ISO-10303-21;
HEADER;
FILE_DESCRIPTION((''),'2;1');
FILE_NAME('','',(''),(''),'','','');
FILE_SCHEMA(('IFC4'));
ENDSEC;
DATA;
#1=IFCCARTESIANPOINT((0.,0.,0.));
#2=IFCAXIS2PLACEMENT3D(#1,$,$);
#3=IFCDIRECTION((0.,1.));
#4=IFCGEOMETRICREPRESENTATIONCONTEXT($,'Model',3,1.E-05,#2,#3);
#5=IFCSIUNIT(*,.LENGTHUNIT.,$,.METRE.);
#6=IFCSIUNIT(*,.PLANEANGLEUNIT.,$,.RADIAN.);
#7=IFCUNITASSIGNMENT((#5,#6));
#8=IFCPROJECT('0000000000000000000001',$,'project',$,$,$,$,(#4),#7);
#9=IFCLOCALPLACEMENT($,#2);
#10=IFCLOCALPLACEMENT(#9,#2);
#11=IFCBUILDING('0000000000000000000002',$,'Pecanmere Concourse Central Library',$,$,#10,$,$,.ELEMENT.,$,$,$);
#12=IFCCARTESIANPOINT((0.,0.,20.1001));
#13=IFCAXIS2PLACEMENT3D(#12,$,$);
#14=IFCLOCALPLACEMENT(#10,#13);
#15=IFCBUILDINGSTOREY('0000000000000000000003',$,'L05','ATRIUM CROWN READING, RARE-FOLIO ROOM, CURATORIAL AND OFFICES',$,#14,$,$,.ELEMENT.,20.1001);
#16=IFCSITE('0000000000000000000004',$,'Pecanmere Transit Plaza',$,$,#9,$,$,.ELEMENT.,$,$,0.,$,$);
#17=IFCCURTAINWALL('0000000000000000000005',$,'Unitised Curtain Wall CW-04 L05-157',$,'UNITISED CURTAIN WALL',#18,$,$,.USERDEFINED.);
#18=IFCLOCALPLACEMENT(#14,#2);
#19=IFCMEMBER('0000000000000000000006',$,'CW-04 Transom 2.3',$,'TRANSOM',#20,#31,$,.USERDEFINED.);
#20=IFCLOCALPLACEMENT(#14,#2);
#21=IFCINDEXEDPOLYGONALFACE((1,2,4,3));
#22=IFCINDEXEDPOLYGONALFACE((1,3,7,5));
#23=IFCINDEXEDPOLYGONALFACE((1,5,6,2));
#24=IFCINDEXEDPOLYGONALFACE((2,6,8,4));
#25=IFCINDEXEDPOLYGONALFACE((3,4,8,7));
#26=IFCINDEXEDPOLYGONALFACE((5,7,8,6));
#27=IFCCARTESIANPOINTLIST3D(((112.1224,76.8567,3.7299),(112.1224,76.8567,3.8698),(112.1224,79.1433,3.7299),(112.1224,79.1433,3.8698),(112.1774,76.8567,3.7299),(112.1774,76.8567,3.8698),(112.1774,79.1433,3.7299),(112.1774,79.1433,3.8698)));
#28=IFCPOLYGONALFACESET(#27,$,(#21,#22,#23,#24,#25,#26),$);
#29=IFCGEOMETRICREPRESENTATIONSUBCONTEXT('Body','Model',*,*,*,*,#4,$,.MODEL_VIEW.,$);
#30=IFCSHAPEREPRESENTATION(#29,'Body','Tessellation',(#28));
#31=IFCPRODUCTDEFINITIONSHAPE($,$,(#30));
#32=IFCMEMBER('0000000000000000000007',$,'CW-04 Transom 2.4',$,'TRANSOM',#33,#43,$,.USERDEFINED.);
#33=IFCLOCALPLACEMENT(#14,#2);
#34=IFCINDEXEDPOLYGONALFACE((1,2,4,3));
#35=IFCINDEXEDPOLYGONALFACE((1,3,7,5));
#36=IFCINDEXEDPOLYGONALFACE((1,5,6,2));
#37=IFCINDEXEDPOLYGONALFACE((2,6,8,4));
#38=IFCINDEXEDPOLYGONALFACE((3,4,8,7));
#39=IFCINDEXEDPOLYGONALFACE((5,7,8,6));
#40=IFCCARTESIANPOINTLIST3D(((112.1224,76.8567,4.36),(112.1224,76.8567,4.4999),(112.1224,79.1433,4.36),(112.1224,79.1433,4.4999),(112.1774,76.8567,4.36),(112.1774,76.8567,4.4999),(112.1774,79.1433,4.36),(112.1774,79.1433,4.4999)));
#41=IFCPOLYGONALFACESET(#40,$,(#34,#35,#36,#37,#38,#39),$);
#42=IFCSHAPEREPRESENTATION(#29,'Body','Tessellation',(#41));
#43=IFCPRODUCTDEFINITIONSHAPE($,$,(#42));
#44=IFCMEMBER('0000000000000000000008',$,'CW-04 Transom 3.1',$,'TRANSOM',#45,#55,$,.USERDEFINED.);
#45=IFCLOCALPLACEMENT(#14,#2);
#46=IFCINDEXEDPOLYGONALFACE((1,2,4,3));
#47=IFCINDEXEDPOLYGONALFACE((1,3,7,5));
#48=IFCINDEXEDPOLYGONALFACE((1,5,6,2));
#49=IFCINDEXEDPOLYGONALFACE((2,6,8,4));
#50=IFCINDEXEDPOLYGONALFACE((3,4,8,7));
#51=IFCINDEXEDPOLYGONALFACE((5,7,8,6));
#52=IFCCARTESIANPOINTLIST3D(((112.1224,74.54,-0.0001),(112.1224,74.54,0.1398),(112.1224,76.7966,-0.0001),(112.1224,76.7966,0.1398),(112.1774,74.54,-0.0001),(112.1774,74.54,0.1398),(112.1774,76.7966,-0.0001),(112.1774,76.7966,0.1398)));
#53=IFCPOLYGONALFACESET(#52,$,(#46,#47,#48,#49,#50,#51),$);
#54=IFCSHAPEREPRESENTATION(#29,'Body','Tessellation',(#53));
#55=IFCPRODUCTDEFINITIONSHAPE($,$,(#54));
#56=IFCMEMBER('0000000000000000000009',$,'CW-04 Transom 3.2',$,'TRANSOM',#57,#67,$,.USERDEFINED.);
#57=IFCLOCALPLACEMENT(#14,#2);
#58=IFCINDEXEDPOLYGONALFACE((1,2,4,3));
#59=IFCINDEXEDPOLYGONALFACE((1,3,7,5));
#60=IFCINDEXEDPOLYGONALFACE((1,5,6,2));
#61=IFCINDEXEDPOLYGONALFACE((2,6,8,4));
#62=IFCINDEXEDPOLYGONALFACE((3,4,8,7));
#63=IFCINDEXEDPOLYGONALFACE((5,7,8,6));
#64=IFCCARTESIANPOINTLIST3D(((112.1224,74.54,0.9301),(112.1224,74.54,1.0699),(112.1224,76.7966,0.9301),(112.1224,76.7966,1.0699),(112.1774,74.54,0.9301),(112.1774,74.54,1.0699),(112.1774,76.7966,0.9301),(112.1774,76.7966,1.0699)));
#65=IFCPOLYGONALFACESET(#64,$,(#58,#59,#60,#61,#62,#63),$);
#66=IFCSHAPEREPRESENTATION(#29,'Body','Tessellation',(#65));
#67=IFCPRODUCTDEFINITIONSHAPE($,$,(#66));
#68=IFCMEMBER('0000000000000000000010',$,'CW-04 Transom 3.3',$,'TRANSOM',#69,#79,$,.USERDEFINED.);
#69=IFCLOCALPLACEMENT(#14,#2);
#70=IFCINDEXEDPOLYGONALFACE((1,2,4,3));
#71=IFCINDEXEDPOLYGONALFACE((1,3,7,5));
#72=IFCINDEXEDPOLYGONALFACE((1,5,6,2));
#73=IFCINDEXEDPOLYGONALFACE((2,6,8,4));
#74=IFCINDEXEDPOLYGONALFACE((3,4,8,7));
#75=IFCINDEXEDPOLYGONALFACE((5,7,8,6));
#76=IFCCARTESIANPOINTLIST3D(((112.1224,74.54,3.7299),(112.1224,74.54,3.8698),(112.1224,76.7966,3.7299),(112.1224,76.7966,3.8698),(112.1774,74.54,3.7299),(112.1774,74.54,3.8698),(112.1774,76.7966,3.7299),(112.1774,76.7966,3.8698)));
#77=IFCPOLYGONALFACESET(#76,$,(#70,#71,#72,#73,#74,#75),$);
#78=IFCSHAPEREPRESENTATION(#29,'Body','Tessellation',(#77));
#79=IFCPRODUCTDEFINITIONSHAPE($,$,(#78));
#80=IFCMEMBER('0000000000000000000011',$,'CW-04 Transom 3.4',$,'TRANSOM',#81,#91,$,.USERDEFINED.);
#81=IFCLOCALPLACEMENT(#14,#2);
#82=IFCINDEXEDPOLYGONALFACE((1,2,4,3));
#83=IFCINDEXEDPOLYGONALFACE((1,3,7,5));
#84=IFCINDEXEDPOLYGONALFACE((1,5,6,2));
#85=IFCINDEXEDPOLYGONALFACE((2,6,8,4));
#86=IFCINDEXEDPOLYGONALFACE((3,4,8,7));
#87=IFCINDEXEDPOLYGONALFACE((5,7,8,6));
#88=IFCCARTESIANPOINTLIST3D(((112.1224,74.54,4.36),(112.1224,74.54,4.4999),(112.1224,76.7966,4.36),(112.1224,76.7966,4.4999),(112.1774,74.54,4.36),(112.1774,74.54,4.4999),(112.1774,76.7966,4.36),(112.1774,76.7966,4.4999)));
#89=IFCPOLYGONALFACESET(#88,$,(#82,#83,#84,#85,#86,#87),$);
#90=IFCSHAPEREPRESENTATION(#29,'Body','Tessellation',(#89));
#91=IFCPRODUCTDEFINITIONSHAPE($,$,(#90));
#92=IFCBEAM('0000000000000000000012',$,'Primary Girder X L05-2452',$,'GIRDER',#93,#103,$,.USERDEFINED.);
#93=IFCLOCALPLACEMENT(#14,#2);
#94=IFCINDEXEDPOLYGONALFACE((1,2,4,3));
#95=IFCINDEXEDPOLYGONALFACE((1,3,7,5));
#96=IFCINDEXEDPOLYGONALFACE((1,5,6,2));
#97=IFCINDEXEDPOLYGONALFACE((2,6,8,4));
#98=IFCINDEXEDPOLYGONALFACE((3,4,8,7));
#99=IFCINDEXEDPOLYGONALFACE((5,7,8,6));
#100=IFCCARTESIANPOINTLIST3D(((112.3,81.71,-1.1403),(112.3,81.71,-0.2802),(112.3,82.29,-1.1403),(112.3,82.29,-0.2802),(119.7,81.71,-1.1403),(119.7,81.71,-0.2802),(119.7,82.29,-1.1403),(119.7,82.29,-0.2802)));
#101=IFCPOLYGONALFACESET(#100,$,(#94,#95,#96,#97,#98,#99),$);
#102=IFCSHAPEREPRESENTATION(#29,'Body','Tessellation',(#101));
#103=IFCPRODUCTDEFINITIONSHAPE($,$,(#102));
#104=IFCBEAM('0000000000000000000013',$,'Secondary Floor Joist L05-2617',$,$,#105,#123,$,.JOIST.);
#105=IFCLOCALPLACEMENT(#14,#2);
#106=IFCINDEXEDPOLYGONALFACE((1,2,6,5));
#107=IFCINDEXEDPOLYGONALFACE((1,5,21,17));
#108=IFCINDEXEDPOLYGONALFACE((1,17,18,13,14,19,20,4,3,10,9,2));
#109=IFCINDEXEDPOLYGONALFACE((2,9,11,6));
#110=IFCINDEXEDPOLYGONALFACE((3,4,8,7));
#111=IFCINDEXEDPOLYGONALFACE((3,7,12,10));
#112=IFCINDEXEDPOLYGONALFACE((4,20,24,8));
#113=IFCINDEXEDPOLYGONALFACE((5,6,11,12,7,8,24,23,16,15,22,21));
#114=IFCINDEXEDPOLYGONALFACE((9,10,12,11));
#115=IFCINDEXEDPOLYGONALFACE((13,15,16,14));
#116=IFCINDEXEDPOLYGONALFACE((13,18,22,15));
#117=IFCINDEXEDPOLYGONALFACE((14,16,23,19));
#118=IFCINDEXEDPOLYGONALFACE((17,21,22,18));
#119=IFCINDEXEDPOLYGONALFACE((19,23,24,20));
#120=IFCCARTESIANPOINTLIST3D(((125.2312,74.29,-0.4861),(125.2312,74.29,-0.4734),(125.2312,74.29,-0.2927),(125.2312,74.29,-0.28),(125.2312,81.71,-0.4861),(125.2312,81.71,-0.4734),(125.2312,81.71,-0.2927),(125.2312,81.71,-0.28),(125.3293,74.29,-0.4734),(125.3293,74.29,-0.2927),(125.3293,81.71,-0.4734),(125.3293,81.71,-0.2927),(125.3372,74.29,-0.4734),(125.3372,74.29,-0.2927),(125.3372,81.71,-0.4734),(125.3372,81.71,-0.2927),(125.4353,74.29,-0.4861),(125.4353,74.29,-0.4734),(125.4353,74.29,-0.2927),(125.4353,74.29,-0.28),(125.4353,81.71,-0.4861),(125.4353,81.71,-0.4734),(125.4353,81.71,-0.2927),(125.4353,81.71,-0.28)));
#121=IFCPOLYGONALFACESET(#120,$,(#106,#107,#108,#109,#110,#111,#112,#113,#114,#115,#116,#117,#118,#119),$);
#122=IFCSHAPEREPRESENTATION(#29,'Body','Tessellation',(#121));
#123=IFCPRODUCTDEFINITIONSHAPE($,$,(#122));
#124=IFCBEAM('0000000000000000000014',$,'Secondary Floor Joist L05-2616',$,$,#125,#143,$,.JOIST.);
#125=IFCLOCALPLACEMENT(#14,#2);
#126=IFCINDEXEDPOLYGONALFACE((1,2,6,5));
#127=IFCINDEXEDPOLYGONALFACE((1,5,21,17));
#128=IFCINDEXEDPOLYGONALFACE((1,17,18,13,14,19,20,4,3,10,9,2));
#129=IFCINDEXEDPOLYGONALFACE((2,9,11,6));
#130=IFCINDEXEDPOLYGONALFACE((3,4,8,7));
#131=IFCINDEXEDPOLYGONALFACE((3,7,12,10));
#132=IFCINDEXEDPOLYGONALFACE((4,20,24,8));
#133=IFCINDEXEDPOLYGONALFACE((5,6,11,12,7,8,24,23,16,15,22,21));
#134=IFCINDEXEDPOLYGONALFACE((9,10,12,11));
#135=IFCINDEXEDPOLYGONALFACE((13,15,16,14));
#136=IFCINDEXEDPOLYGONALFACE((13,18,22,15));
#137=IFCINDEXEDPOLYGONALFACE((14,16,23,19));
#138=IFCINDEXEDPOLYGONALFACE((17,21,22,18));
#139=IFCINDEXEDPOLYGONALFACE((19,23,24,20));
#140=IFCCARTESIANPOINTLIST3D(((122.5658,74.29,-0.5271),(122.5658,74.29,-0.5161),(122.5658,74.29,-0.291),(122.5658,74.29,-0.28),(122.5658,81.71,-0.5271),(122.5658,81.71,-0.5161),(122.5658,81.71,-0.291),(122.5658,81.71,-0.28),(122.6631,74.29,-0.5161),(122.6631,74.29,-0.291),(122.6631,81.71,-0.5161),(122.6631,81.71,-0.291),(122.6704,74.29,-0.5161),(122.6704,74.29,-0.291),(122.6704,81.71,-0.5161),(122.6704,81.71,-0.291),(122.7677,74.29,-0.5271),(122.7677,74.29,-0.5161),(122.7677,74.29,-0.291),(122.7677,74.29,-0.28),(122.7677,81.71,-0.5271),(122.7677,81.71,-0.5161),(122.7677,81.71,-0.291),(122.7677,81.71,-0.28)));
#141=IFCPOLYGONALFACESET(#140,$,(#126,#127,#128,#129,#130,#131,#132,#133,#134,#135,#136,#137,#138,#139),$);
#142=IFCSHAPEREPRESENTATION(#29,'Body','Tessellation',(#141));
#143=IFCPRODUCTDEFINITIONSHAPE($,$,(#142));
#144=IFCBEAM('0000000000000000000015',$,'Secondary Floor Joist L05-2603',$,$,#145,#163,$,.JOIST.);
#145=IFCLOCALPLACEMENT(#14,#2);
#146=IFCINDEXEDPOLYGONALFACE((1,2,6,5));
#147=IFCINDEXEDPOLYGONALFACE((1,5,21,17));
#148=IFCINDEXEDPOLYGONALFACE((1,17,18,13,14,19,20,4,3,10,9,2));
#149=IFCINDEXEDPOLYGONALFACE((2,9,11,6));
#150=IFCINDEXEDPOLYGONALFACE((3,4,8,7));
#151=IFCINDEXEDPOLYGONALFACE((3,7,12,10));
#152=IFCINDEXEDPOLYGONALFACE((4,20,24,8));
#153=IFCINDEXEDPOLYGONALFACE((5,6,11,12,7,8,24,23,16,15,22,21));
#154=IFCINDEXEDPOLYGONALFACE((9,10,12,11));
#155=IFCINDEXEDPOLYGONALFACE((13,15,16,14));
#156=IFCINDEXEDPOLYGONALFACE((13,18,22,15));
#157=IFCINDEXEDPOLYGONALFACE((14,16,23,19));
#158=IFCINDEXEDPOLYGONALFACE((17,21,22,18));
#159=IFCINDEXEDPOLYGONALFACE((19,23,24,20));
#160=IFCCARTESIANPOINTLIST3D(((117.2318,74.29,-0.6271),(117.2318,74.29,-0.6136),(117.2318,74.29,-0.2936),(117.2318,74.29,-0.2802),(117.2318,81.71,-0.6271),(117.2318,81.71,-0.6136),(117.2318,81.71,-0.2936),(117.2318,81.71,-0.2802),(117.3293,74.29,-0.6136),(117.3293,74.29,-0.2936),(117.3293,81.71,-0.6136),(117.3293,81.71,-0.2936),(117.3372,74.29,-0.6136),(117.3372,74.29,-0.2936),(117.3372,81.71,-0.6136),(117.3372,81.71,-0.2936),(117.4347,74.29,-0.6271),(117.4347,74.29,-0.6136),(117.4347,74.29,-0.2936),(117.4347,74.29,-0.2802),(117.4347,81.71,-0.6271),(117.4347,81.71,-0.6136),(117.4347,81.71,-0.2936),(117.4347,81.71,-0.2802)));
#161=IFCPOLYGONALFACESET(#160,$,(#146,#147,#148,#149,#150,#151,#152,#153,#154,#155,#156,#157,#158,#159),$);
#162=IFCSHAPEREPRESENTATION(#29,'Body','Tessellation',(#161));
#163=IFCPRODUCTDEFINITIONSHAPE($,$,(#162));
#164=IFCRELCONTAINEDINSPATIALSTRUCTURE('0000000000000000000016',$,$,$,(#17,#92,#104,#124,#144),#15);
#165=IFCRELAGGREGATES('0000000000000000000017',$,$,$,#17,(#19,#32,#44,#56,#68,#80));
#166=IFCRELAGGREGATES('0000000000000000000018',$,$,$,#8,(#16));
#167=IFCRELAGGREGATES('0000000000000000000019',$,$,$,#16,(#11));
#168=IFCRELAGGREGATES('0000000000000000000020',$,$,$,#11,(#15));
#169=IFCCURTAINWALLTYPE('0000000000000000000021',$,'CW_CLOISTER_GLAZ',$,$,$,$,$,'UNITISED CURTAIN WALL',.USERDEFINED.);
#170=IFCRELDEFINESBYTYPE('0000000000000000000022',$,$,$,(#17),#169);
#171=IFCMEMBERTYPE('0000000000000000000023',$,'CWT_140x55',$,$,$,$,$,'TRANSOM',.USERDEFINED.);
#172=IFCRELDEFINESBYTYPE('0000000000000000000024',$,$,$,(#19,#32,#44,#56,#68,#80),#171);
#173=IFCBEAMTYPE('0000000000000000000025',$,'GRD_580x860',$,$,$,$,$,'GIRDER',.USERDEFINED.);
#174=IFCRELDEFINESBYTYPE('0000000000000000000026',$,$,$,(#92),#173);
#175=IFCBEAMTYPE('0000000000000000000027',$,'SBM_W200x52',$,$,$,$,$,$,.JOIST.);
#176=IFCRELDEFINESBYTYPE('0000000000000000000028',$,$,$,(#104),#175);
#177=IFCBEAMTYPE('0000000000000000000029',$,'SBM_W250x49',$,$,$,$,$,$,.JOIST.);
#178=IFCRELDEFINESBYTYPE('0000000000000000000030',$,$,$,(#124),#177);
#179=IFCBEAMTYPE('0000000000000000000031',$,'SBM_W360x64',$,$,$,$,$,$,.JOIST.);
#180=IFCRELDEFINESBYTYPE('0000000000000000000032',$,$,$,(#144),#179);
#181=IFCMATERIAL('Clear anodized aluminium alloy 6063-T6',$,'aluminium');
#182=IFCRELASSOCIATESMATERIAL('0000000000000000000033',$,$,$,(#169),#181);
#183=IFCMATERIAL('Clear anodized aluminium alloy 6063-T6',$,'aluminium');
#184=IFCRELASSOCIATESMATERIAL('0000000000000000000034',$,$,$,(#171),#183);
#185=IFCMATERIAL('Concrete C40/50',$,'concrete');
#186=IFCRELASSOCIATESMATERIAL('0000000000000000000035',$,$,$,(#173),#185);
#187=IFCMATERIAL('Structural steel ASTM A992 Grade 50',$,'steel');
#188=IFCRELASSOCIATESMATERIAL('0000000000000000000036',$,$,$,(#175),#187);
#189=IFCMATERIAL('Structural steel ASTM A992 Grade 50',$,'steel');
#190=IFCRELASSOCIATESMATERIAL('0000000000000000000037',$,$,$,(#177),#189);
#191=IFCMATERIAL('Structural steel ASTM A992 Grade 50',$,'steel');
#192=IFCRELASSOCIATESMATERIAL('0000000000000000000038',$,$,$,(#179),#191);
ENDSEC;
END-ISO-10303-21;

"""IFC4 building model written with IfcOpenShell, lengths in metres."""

from ifc_helpers import new_model, si_unit, direction, frame, origin, origin_2d, place, context, subcontext, project, spatial, rectangle, i_section, extrude, material, material_profile, profile_set, type_object, element, aggregate, save


model = new_model("IFC4")

# Units and contexts
model_context = context("Model", 3, precision=1e-05, world=origin(), true_north=direction((0.0, 1.0)))
body_context = subcontext(model_context, "Body", "Model", "MODEL_VIEW")
ifc_project = project(units=[si_unit("LENGTHUNIT", "METRE"), si_unit("PLANEANGLEUNIT", "RADIAN")], contexts=[model_context])

# Site, building, storey
site_placement = place(None, origin())
site = spatial("IfcSite", under=ifc_project, at=site_placement, Name="Pecanmere Transit Plaza", CompositionType="ELEMENT", RefElevation=0.0)
building_placement = place(site_placement, origin())
building = spatial("IfcBuilding", under=site, at=building_placement, Name="Pecanmere Concourse Central Library", CompositionType="ELEMENT")
storey_placement = place(building_placement, frame((0.0, 0.0, 20.1001)))
storey = spatial("IfcBuildingStorey", under=building, at=storey_placement, Name="L05", Description="ATRIUM CROWN READING, RARE-FOLIO ROOM, CURATORIAL AND OFFICES", CompositionType="ELEMENT", Elevation=20.1001)

# Curtain wall, members
ifc_material_1 = material(Name="Clear anodized aluminium alloy 6063-T6", Category="aluminium")
curtain_wall_type = type_object("IfcCurtainWallType", Name="CW_CLOISTER_GLAZ", ElementType="UNITISED CURTAIN WALL", PredefinedType="USERDEFINED", material=ifc_material_1)
curtain_wall_placement = place(storey_placement, origin())
curtain_wall = element("IfcCurtainWall", 1, at=curtain_wall_placement, inside=storey, type_object=curtain_wall_type, Name="Unitised Curtain Wall CW-04 L05-157", ObjectType="UNITISED CURTAIN WALL", PredefinedType="USERDEFINED")
ifc_material_2 = material(Name="Clear anodized aluminium alloy 6063-T6", Category="aluminium")
ifc_material_profile_1 = material_profile(ifc_material_2, rectangle(XDim=0.0549, YDim=0.1399, at=origin_2d()), Name="AL 55x140")
ifc_profile_set_1 = profile_set([ifc_material_profile_1], Name="Clear anodized aluminium alloy 6063-T6")
member_type_1 = type_object("IfcMemberType", Name="CWT_140x55", ElementType="TRANSOM", PredefinedType="USERDEFINED", material=ifc_profile_set_1)
member_1_placement = place(storey_placement, frame((112.1499, 79.1433, 3.7998), z_axis=(0.0, -1.0, 0.0), x_axis=(1.0, 0.0, 0.0)))
member_1 = element("IfcMember", 2, at=member_1_placement, type_object=member_type_1, Name="CW-04 Transom 2.3", ObjectType="TRANSOM", PredefinedType="USERDEFINED", context=body_context, shape_type="SweptSolid", body=[
    extrude(rectangle(XDim=0.0549, YDim=0.1399, at=origin_2d()), origin(), (0.0, 0.0, 1.0), 2.2866),
])
member_2_placement = place(storey_placement, frame((112.1499, 79.1433, 4.4299), z_axis=(0.0, -1.0, 0.0), x_axis=(1.0, 0.0, 0.0)))
member_2 = element("IfcMember", 3, at=member_2_placement, type_object=member_type_1, Name="CW-04 Transom 2.4", ObjectType="TRANSOM", PredefinedType="USERDEFINED", context=body_context, shape_type="SweptSolid", body=[
    extrude(rectangle(XDim=0.0549, YDim=0.1399, at=origin_2d()), origin(), (0.0, 0.0, 1.0), 2.2866),
])
member_3_placement = place(storey_placement, frame((112.1499, 76.7966, 0.0698), z_axis=(0.0, -1.0, 0.0), x_axis=(1.0, 0.0, 0.0)))
member_3 = element("IfcMember", 4, at=member_3_placement, type_object=member_type_1, Name="CW-04 Transom 3.1", ObjectType="TRANSOM", PredefinedType="USERDEFINED", context=body_context, shape_type="SweptSolid", body=[
    extrude(rectangle(XDim=0.0549, YDim=0.1399, at=origin_2d()), origin(), (0.0, 0.0, 1.0), 2.2566),
])
member_4_placement = place(storey_placement, frame((112.1499, 76.7966, 1.0), z_axis=(0.0, -1.0, 0.0), x_axis=(1.0, 0.0, 0.0)))
member_4 = element("IfcMember", 5, at=member_4_placement, type_object=member_type_1, Name="CW-04 Transom 3.2", ObjectType="TRANSOM", PredefinedType="USERDEFINED", context=body_context, shape_type="SweptSolid", body=[
    extrude(rectangle(XDim=0.0549, YDim=0.1399, at=origin_2d()), origin(), (0.0, 0.0, 1.0), 2.2566),
])
member_5_placement = place(storey_placement, frame((112.1499, 76.7966, 3.7998), z_axis=(0.0, -1.0, 0.0), x_axis=(1.0, 0.0, 0.0)))
member_5 = element("IfcMember", 6, at=member_5_placement, type_object=member_type_1, Name="CW-04 Transom 3.3", ObjectType="TRANSOM", PredefinedType="USERDEFINED", context=body_context, shape_type="SweptSolid", body=[
    extrude(rectangle(XDim=0.0549, YDim=0.1399, at=origin_2d()), origin(), (0.0, 0.0, 1.0), 2.2566),
])
member_6_placement = place(storey_placement, frame((112.1499, 76.7966, 4.4299), z_axis=(0.0, -1.0, 0.0), x_axis=(1.0, 0.0, 0.0)))
member_6 = element("IfcMember", 7, at=member_6_placement, type_object=member_type_1, Name="CW-04 Transom 3.4", ObjectType="TRANSOM", PredefinedType="USERDEFINED", context=body_context, shape_type="SweptSolid", body=[
    extrude(rectangle(XDim=0.0549, YDim=0.1399, at=origin_2d()), origin(), (0.0, 0.0, 1.0), 2.2566),
])

# Beams
ifc_material_3 = material(Name="Concrete C40/50", Category="concrete")
ifc_material_profile_2 = material_profile(ifc_material_3, rectangle(XDim=0.5801, YDim=0.8601, at=origin_2d()), Name="RC 580x860")
ifc_profile_set_2 = profile_set([ifc_material_profile_2], Name="Concrete C40/50")
beam_type_1 = type_object("IfcBeamType", Name="GRD_580x860", ElementType="GIRDER", PredefinedType="USERDEFINED", material=ifc_profile_set_2)
beam_1_placement = place(storey_placement, frame((112.3, 82.0, -0.7102), z_axis=(1.0, 0.0, 0.0), x_axis=(0.0, 1.0, 0.0)))
element("IfcBeam", 8, at=beam_1_placement, inside=storey, type_object=beam_type_1, Name="Primary Girder X L05-2452", ObjectType="GIRDER", PredefinedType="USERDEFINED", context=body_context, shape_type="SweptSolid", body=[
    extrude(rectangle(XDim=0.5801, YDim=0.8601, at=origin_2d()), origin(), (0.0, 0.0, 1.0), 7.3999),
])
ifc_material_4 = material(Name="Structural steel ASTM A992 Grade 50", Category="steel")
ifc_material_profile_3 = material_profile(ifc_material_4, i_section(OverallWidth=0.2041, OverallDepth=0.2061, WebThickness=0.0078, FlangeThickness=0.0127, at=origin_2d()), Name="W200x52")
ifc_profile_set_3 = profile_set([ifc_material_profile_3], Name="Structural steel ASTM A992 Grade 50")
beam_type_2 = type_object("IfcBeamType", Name="SBM_W200x52", PredefinedType="JOIST", material=ifc_profile_set_3)
beam_2_placement = place(storey_placement, frame((125.3333, 74.29, -0.3831), z_axis=(0.0, 1.0, 0.0), x_axis=(-1.0, 0.0, 0.0)))
element("IfcBeam", 9, at=beam_2_placement, inside=storey, type_object=beam_type_2, Name="Secondary Floor Joist L05-2617", PredefinedType="JOIST", context=body_context, shape_type="SweptSolid", body=[
    extrude(i_section(OverallWidth=0.2041, OverallDepth=0.2061, WebThickness=0.0078, FlangeThickness=0.0127, at=origin_2d()), origin(), (0.0, 0.0, 1.0), 7.4199),
])
ifc_material_5 = material(Name="Structural steel ASTM A992 Grade 50", Category="steel")
ifc_material_profile_4 = material_profile(ifc_material_5, i_section(OverallWidth=0.2019, OverallDepth=0.2471, WebThickness=0.0073, FlangeThickness=0.011, at=origin_2d()), Name="W250x49.1")
ifc_profile_set_4 = profile_set([ifc_material_profile_4], Name="Structural steel ASTM A992 Grade 50")
beam_type_3 = type_object("IfcBeamType", Name="SBM_W250x49", PredefinedType="JOIST", material=ifc_profile_set_4)
beam_3_placement = place(storey_placement, frame((122.6667, 74.29, -0.4036), z_axis=(0.0, 1.0, 0.0), x_axis=(-1.0, 0.0, 0.0)))
element("IfcBeam", 10, at=beam_3_placement, inside=storey, type_object=beam_type_3, Name="Secondary Floor Joist L05-2616", PredefinedType="JOIST", context=body_context, shape_type="SweptSolid", body=[
    extrude(i_section(OverallWidth=0.2019, OverallDepth=0.2471, WebThickness=0.0073, FlangeThickness=0.011, at=origin_2d()), origin(), (0.0, 0.0, 1.0), 7.4199),
])
ifc_material_6 = material(Name="Structural steel ASTM A992 Grade 50", Category="steel")
ifc_material_profile_5 = material_profile(ifc_material_6, i_section(OverallWidth=0.2029, OverallDepth=0.3469, WebThickness=0.0078, FlangeThickness=0.0134, at=origin_2d()), Name="W360x64")
ifc_profile_set_5 = profile_set([ifc_material_profile_5], Name="Structural steel ASTM A992 Grade 50")
beam_type_4 = type_object("IfcBeamType", Name="SBM_W360x64", PredefinedType="JOIST", material=ifc_profile_set_5)
beam_4_placement = place(storey_placement, frame((117.3333, 74.29, -0.4536), z_axis=(0.0, 1.0, 0.0), x_axis=(-1.0, 0.0, 0.0)))
element("IfcBeam", 11, at=beam_4_placement, inside=storey, type_object=beam_type_4, Name="Secondary Floor Joist L05-2603", PredefinedType="JOIST", context=body_context, shape_type="SweptSolid", body=[
    extrude(i_section(OverallWidth=0.2029, OverallDepth=0.3469, WebThickness=0.0078, FlangeThickness=0.0134, at=origin_2d()), origin(), (0.0, 0.0, 1.0), 7.4199),
])

aggregate(curtain_wall, [member_1, member_2, member_3, member_4, member_5, member_6])

save(model, "model.ifc")
